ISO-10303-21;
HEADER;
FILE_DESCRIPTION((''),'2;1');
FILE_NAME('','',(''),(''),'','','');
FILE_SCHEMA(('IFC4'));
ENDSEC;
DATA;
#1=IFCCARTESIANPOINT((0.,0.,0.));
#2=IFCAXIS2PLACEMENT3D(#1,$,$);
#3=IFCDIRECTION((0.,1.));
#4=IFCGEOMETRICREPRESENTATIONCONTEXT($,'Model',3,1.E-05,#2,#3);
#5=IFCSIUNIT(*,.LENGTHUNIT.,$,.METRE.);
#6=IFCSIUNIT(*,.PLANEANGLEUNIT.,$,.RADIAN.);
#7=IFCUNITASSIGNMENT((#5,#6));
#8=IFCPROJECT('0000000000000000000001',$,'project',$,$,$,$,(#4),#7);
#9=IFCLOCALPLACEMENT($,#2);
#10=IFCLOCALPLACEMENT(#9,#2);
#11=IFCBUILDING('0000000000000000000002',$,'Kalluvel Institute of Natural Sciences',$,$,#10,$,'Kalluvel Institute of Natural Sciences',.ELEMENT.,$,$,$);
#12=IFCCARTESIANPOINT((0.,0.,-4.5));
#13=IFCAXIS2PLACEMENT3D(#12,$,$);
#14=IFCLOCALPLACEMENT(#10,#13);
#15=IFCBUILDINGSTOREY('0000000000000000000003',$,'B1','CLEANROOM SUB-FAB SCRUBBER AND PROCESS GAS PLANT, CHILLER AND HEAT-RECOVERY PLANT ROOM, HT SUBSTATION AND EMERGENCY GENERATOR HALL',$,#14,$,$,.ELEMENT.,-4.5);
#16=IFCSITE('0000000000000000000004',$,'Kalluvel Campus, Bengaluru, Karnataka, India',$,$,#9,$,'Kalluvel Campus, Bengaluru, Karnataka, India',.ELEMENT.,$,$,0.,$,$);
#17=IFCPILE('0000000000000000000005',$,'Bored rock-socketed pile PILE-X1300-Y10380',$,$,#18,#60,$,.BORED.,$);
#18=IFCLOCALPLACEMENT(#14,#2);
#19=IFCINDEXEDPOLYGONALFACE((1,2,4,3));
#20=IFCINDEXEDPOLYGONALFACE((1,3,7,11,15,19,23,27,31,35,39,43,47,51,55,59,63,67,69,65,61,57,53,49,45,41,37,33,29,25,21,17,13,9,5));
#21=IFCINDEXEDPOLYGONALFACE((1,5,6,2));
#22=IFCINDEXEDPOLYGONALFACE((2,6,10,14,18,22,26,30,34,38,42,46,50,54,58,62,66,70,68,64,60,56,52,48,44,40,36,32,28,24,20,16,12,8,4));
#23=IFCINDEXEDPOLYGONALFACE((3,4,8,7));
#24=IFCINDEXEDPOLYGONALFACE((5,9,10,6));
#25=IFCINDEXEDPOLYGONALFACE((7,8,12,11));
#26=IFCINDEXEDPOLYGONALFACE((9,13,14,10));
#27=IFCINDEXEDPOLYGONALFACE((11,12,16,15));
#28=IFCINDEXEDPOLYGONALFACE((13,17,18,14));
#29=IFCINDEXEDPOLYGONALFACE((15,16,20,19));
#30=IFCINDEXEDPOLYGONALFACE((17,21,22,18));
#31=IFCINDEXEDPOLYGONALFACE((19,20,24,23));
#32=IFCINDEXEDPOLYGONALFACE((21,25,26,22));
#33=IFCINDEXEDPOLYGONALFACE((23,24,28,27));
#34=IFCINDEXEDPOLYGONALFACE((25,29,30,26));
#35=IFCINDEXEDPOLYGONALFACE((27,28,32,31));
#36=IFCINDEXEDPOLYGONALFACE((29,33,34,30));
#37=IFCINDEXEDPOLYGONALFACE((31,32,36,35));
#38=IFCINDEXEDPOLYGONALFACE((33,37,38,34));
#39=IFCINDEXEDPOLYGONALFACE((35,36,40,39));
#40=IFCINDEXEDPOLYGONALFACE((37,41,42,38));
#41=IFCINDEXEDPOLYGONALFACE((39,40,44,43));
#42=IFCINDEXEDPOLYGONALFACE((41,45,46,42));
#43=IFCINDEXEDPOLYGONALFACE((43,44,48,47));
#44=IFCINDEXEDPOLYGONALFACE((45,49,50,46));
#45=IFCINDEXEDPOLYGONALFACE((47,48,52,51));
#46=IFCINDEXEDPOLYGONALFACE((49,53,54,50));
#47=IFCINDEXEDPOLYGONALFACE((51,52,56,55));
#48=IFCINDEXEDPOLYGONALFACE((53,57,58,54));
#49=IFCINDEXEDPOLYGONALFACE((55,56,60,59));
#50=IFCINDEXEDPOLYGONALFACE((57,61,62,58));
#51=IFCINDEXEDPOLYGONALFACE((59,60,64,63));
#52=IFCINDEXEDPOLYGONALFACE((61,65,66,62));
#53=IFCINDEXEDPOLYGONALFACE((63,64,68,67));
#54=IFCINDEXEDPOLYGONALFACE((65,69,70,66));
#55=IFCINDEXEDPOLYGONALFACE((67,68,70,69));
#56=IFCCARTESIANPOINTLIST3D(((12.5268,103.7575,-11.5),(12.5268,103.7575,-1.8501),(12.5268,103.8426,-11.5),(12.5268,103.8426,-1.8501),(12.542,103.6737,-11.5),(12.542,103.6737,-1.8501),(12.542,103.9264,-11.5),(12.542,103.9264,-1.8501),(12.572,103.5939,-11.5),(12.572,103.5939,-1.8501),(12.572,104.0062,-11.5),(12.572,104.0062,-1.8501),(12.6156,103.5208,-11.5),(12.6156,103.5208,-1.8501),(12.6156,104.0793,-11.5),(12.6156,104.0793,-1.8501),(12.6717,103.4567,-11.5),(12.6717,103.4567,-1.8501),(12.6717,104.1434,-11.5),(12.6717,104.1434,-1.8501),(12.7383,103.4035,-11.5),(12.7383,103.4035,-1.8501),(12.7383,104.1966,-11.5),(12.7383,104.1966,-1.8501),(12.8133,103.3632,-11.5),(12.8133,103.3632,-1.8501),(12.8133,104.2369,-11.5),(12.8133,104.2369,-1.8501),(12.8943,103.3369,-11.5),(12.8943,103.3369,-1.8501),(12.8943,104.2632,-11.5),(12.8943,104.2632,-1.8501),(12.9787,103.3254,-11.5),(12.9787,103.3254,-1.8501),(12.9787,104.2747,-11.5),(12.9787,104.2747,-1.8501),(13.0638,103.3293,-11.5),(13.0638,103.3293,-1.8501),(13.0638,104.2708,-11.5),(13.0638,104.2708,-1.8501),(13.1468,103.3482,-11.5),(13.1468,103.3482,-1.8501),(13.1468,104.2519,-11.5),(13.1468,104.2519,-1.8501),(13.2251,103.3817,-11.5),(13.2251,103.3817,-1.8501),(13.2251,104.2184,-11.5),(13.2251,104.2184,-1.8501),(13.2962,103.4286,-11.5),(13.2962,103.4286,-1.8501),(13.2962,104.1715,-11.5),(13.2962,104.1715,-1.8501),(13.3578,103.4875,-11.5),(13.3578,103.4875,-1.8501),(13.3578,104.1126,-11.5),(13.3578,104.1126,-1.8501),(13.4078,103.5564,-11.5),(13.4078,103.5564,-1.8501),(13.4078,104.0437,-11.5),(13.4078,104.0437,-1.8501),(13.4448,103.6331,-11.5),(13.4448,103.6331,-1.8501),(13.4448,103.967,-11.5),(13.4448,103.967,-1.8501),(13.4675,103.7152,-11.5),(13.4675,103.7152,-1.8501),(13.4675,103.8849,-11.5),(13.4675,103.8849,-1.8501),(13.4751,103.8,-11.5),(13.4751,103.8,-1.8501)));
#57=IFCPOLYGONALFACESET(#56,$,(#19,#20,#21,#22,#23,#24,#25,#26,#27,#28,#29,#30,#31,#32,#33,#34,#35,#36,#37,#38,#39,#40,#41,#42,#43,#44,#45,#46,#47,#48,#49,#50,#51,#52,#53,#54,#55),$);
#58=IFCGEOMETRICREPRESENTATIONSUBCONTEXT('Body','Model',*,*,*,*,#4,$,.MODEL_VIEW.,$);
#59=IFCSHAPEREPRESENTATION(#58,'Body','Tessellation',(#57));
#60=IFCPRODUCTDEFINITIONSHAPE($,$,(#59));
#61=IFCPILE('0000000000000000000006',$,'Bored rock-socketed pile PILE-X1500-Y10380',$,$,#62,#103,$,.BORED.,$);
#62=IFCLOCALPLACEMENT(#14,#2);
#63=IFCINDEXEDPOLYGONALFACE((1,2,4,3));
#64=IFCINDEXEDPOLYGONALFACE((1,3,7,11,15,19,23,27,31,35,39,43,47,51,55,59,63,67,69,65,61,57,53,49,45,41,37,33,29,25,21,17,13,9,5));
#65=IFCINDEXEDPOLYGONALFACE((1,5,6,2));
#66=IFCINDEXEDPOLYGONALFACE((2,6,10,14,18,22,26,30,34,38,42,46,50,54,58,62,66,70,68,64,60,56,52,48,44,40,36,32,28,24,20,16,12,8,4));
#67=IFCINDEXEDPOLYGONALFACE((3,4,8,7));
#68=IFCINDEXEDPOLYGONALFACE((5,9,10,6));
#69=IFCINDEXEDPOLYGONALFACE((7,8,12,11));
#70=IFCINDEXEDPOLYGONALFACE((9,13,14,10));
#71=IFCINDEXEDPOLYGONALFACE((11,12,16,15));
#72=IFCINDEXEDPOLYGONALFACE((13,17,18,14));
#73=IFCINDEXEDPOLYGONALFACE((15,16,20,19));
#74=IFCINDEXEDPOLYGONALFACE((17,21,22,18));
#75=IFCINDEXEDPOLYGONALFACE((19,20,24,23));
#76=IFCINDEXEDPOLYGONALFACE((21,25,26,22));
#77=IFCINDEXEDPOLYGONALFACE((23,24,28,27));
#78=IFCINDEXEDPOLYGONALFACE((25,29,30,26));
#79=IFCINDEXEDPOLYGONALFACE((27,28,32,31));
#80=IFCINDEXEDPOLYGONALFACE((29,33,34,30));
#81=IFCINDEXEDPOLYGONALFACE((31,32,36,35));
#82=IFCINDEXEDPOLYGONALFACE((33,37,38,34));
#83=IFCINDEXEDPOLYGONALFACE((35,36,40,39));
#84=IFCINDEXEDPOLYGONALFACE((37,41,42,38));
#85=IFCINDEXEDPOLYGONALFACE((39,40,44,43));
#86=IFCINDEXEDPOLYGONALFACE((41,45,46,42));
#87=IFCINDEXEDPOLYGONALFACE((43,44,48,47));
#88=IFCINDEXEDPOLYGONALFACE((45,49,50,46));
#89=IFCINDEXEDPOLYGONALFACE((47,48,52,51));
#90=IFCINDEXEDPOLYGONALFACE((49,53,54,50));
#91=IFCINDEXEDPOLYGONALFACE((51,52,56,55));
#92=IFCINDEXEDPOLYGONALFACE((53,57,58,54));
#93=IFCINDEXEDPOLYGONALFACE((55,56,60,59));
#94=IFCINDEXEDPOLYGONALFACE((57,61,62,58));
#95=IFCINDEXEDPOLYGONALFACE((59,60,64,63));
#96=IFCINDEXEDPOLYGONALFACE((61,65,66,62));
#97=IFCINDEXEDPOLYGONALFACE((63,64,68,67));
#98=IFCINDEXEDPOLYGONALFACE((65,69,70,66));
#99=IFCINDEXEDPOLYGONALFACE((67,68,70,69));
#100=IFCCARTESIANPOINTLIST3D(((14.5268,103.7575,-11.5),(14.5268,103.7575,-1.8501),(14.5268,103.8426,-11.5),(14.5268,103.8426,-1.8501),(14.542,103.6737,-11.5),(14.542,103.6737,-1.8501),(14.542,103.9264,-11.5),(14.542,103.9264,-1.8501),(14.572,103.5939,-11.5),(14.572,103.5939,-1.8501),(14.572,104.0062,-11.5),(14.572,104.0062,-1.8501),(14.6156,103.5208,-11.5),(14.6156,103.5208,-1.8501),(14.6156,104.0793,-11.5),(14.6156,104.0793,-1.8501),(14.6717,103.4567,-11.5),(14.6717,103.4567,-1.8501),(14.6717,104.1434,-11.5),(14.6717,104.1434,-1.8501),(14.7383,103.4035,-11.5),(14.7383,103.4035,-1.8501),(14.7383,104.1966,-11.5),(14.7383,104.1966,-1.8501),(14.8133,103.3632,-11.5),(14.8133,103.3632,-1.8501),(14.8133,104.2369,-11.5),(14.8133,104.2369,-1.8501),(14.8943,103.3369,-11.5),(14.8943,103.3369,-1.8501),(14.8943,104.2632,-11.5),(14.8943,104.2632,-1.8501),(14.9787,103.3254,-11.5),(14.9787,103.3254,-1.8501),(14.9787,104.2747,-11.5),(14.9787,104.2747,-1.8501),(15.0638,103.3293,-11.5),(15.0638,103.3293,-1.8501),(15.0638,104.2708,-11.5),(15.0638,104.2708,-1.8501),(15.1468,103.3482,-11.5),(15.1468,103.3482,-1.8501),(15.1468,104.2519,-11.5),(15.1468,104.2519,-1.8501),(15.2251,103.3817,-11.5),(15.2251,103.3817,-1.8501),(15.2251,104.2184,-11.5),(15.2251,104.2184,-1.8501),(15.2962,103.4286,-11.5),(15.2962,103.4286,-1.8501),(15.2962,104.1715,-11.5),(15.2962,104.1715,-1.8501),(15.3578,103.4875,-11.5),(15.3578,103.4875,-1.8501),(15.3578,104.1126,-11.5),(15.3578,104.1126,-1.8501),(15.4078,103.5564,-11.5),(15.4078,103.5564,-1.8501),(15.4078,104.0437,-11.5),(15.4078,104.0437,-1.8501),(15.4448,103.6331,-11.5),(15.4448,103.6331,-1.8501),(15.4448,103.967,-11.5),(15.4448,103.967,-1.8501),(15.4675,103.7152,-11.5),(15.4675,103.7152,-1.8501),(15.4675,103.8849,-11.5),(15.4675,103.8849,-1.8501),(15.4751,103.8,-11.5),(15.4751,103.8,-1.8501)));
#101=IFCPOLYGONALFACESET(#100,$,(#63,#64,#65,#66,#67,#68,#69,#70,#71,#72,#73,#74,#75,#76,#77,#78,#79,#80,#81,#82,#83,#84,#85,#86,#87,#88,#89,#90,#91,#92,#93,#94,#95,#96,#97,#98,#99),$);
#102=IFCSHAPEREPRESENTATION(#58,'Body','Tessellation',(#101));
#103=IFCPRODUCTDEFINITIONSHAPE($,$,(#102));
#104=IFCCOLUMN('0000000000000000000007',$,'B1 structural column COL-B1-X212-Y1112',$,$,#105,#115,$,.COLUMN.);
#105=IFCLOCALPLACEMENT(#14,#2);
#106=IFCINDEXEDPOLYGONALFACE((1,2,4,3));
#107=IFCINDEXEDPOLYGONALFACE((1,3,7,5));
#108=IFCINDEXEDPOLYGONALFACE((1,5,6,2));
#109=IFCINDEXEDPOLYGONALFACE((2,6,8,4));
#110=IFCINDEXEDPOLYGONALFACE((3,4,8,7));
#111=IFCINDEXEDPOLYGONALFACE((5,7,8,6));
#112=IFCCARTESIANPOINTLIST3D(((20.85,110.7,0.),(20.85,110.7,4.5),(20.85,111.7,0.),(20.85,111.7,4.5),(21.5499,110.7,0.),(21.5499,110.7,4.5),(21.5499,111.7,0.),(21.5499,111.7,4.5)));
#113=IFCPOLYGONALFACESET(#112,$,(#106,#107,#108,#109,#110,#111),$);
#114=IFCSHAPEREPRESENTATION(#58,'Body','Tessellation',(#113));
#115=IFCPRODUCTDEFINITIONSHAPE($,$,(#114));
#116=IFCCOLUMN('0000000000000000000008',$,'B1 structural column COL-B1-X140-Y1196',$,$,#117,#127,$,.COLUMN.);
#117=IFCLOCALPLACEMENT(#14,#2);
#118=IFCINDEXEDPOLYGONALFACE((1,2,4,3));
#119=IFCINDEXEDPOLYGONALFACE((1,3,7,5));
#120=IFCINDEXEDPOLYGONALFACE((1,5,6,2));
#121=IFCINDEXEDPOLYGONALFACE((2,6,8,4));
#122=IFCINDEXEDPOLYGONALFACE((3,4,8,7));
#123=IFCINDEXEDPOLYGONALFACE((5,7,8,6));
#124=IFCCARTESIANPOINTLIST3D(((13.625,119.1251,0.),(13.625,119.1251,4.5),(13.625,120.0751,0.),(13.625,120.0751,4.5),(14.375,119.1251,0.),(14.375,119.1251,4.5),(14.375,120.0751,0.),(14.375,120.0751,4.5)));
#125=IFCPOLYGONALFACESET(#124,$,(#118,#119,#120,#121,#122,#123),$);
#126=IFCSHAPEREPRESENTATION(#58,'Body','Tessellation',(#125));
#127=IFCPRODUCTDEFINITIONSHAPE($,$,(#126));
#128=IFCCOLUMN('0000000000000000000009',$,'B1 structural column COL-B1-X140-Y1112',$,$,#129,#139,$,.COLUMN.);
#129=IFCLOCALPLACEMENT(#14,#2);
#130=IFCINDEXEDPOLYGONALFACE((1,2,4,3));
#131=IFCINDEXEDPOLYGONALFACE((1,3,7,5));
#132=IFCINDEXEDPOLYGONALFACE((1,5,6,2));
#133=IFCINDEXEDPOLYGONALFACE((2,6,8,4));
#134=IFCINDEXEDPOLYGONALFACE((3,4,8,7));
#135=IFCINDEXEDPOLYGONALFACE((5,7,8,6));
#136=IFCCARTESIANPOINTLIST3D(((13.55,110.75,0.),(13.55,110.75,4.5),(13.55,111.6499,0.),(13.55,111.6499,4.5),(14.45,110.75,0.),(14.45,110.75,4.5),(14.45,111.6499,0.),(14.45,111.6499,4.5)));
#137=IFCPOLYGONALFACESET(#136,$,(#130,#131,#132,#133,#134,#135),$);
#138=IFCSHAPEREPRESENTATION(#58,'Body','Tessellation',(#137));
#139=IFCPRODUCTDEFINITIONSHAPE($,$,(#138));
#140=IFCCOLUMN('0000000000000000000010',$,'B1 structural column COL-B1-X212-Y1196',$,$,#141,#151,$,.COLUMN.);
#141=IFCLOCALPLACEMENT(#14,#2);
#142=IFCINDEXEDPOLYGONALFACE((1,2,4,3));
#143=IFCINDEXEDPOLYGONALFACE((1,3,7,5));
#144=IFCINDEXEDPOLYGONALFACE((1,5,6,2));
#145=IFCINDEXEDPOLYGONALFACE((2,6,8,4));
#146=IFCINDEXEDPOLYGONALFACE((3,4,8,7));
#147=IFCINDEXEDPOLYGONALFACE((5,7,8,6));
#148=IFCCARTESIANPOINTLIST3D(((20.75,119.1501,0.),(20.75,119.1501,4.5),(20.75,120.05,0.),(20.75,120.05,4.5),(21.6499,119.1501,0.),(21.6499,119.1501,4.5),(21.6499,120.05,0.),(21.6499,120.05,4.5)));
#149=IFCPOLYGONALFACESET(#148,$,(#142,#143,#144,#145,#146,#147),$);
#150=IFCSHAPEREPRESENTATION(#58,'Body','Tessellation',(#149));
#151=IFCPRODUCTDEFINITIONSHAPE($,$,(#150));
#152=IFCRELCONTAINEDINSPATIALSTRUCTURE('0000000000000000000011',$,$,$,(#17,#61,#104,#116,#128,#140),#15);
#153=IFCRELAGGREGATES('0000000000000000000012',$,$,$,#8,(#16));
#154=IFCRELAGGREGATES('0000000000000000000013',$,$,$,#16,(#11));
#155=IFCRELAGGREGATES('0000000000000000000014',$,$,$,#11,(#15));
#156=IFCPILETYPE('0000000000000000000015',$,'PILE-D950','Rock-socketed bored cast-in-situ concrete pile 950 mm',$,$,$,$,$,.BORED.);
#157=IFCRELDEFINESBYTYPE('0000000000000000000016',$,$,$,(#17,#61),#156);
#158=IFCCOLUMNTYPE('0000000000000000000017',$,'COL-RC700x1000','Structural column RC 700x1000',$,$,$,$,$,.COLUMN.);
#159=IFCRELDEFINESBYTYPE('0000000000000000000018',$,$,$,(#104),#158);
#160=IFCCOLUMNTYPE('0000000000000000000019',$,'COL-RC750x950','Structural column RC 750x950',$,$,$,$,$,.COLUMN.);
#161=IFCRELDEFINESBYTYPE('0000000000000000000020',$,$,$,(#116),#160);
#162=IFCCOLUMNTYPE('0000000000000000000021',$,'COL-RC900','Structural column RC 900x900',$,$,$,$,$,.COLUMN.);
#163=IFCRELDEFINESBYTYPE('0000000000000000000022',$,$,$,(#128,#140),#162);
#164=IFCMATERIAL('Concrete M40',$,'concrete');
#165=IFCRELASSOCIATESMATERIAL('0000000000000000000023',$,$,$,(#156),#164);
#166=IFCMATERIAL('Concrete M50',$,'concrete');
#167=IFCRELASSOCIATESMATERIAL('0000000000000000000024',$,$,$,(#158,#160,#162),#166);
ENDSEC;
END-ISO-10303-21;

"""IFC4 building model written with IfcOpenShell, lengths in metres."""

from ifc_helpers import new_model, si_unit, direction, frame, origin, origin_2d, place, context, subcontext, project, spatial, rectangle, circle, extrude, material, material_profile, profile_set, type_object, element, save


model = new_model("IFC4")

# Units and contexts
model_context = context("Model", 3, precision=1e-05, world=origin(), true_north=direction((0.0, 1.0)))
body_context = subcontext(model_context, "Body", "Model", "MODEL_VIEW")
ifc_project = project(units=[si_unit("LENGTHUNIT", "METRE"), si_unit("PLANEANGLEUNIT", "RADIAN")], contexts=[model_context])

# Site, building, storey
site_placement = place(None, origin())
site = spatial("IfcSite", under=ifc_project, at=site_placement, Name="Kalluvel Campus, Bengaluru, Karnataka, India", LongName="Kalluvel Campus, Bengaluru, Karnataka, India", CompositionType="ELEMENT", RefElevation=0.0)
building_placement = place(site_placement, origin())
building = spatial("IfcBuilding", under=site, at=building_placement, Name="Kalluvel Institute of Natural Sciences", LongName="Kalluvel Institute of Natural Sciences", CompositionType="ELEMENT")
storey_placement = place(building_placement, frame((0.0, 0.0, -4.5)))
storey = spatial("IfcBuildingStorey", under=building, at=storey_placement, Name="B1", Description="CLEANROOM SUB-FAB SCRUBBER AND PROCESS GAS PLANT, CHILLER AND HEAT-RECOVERY PLANT ROOM, HT SUBSTATION AND EMERGENCY GENERATOR HALL", CompositionType="ELEMENT", Elevation=-4.5)

# Shared definitions
ifc_material_1 = material(Name="Concrete M40", Category="concrete")

# Piles
ifc_material_profile_1 = material_profile(ifc_material_1, circle(Radius=0.4751, at=origin_2d()), Name="PILE D950")
ifc_profile_set_1 = profile_set([ifc_material_profile_1], Name="Concrete M40")
pile_type_1 = type_object("IfcPileType", Name="PILE-D950", Description="Rock-socketed bored cast-in-situ concrete pile 950 mm", PredefinedType="BORED", material=ifc_profile_set_1)
for number, where, z_axis, x_axis, name in (
    (1, (13.0, 103.8, -1.8501), (0.0, 0.0, -1.0), (1.0, 0.0, 0.0), "Bored rock-socketed pile PILE-X1300-Y10380"),
    (2, (15.0, 103.8, -1.8501), (0.0, 0.0, -1.0), (1.0, 0.0, 0.0), "Bored rock-socketed pile PILE-X1500-Y10380"),
):
    element("IfcPile", number, at=place(storey_placement, frame(where, z_axis=z_axis, x_axis=x_axis)), inside=storey, type_object=pile_type_1, Name=name, PredefinedType="BORED", context=body_context, shape_type="SweptSolid", body=[
        extrude(circle(Radius=0.4751, at=origin_2d()), origin(), (0.0, 0.0, 1.0), 9.6499),
    ])

# Columns
ifc_material_2 = material(Name="Concrete M50", Category="concrete")
ifc_material_profile_2 = material_profile(ifc_material_2, rectangle(XDim=0.7, YDim=1.0, at=origin_2d()), Name="RC 700x1000")
ifc_profile_set_2 = profile_set([ifc_material_profile_2], Name="Concrete M50")
column_type_1 = type_object("IfcColumnType", Name="COL-RC700x1000", Description="Structural column RC 700x1000", PredefinedType="COLUMN", material=ifc_profile_set_2)
column_1_placement = place(storey_placement, frame((21.2, 111.2, 0.0), z_axis=(0.0, 0.0, 1.0), x_axis=(1.0, 0.0, 0.0)))
element("IfcColumn", 3, at=column_1_placement, inside=storey, type_object=column_type_1, Name="B1 structural column COL-B1-X212-Y1112", PredefinedType="COLUMN", context=body_context, shape_type="SweptSolid", body=[
    extrude(rectangle(XDim=0.7, YDim=1.0, at=origin_2d()), origin(), (0.0, 0.0, 1.0), 4.5),
])
ifc_material_profile_3 = material_profile(ifc_material_2, rectangle(XDim=0.75, YDim=0.95, at=origin_2d()), Name="RC 750x950")
ifc_profile_set_3 = profile_set([ifc_material_profile_3], Name="Concrete M50")
column_type_2 = type_object("IfcColumnType", Name="COL-RC750x950", Description="Structural column RC 750x950", PredefinedType="COLUMN", material=ifc_profile_set_3)
column_2_placement = place(storey_placement, frame((14.0, 119.6001, 0.0), z_axis=(0.0, 0.0, 1.0), x_axis=(1.0, 0.0, 0.0)))
element("IfcColumn", 4, at=column_2_placement, inside=storey, type_object=column_type_2, Name="B1 structural column COL-B1-X140-Y1196", PredefinedType="COLUMN", context=body_context, shape_type="SweptSolid", body=[
    extrude(rectangle(XDim=0.75, YDim=0.95, at=origin_2d()), origin(), (0.0, 0.0, 1.0), 4.5),
])
ifc_material_profile_4 = material_profile(ifc_material_2, rectangle(XDim=0.8999, YDim=0.8999, at=origin_2d()), Name="RC 900x900")
ifc_profile_set_4 = profile_set([ifc_material_profile_4], Name="Concrete M50")
column_type_3 = type_object("IfcColumnType", Name="COL-RC900", Description="Structural column RC 900x900", PredefinedType="COLUMN", material=ifc_profile_set_4)
for number, where, z_axis, x_axis, name in (
    (5, (14.0, 111.2, 0.0), (0.0, 0.0, 1.0), (1.0, 0.0, 0.0), "B1 structural column COL-B1-X140-Y1112"),
    (6, (21.2, 119.6001, 0.0), (0.0, 0.0, 1.0), (1.0, 0.0, 0.0), "B1 structural column COL-B1-X212-Y1196"),
):
    element("IfcColumn", number, at=place(storey_placement, frame(where, z_axis=z_axis, x_axis=x_axis)), inside=storey, type_object=column_type_3, Name=name, PredefinedType="COLUMN", context=body_context, shape_type="SweptSolid", body=[
        extrude(rectangle(XDim=0.8999, YDim=0.8999, at=origin_2d()), origin(), (0.0, 0.0, 1.0), 4.5),
    ])

save(model, "model.ifc")
